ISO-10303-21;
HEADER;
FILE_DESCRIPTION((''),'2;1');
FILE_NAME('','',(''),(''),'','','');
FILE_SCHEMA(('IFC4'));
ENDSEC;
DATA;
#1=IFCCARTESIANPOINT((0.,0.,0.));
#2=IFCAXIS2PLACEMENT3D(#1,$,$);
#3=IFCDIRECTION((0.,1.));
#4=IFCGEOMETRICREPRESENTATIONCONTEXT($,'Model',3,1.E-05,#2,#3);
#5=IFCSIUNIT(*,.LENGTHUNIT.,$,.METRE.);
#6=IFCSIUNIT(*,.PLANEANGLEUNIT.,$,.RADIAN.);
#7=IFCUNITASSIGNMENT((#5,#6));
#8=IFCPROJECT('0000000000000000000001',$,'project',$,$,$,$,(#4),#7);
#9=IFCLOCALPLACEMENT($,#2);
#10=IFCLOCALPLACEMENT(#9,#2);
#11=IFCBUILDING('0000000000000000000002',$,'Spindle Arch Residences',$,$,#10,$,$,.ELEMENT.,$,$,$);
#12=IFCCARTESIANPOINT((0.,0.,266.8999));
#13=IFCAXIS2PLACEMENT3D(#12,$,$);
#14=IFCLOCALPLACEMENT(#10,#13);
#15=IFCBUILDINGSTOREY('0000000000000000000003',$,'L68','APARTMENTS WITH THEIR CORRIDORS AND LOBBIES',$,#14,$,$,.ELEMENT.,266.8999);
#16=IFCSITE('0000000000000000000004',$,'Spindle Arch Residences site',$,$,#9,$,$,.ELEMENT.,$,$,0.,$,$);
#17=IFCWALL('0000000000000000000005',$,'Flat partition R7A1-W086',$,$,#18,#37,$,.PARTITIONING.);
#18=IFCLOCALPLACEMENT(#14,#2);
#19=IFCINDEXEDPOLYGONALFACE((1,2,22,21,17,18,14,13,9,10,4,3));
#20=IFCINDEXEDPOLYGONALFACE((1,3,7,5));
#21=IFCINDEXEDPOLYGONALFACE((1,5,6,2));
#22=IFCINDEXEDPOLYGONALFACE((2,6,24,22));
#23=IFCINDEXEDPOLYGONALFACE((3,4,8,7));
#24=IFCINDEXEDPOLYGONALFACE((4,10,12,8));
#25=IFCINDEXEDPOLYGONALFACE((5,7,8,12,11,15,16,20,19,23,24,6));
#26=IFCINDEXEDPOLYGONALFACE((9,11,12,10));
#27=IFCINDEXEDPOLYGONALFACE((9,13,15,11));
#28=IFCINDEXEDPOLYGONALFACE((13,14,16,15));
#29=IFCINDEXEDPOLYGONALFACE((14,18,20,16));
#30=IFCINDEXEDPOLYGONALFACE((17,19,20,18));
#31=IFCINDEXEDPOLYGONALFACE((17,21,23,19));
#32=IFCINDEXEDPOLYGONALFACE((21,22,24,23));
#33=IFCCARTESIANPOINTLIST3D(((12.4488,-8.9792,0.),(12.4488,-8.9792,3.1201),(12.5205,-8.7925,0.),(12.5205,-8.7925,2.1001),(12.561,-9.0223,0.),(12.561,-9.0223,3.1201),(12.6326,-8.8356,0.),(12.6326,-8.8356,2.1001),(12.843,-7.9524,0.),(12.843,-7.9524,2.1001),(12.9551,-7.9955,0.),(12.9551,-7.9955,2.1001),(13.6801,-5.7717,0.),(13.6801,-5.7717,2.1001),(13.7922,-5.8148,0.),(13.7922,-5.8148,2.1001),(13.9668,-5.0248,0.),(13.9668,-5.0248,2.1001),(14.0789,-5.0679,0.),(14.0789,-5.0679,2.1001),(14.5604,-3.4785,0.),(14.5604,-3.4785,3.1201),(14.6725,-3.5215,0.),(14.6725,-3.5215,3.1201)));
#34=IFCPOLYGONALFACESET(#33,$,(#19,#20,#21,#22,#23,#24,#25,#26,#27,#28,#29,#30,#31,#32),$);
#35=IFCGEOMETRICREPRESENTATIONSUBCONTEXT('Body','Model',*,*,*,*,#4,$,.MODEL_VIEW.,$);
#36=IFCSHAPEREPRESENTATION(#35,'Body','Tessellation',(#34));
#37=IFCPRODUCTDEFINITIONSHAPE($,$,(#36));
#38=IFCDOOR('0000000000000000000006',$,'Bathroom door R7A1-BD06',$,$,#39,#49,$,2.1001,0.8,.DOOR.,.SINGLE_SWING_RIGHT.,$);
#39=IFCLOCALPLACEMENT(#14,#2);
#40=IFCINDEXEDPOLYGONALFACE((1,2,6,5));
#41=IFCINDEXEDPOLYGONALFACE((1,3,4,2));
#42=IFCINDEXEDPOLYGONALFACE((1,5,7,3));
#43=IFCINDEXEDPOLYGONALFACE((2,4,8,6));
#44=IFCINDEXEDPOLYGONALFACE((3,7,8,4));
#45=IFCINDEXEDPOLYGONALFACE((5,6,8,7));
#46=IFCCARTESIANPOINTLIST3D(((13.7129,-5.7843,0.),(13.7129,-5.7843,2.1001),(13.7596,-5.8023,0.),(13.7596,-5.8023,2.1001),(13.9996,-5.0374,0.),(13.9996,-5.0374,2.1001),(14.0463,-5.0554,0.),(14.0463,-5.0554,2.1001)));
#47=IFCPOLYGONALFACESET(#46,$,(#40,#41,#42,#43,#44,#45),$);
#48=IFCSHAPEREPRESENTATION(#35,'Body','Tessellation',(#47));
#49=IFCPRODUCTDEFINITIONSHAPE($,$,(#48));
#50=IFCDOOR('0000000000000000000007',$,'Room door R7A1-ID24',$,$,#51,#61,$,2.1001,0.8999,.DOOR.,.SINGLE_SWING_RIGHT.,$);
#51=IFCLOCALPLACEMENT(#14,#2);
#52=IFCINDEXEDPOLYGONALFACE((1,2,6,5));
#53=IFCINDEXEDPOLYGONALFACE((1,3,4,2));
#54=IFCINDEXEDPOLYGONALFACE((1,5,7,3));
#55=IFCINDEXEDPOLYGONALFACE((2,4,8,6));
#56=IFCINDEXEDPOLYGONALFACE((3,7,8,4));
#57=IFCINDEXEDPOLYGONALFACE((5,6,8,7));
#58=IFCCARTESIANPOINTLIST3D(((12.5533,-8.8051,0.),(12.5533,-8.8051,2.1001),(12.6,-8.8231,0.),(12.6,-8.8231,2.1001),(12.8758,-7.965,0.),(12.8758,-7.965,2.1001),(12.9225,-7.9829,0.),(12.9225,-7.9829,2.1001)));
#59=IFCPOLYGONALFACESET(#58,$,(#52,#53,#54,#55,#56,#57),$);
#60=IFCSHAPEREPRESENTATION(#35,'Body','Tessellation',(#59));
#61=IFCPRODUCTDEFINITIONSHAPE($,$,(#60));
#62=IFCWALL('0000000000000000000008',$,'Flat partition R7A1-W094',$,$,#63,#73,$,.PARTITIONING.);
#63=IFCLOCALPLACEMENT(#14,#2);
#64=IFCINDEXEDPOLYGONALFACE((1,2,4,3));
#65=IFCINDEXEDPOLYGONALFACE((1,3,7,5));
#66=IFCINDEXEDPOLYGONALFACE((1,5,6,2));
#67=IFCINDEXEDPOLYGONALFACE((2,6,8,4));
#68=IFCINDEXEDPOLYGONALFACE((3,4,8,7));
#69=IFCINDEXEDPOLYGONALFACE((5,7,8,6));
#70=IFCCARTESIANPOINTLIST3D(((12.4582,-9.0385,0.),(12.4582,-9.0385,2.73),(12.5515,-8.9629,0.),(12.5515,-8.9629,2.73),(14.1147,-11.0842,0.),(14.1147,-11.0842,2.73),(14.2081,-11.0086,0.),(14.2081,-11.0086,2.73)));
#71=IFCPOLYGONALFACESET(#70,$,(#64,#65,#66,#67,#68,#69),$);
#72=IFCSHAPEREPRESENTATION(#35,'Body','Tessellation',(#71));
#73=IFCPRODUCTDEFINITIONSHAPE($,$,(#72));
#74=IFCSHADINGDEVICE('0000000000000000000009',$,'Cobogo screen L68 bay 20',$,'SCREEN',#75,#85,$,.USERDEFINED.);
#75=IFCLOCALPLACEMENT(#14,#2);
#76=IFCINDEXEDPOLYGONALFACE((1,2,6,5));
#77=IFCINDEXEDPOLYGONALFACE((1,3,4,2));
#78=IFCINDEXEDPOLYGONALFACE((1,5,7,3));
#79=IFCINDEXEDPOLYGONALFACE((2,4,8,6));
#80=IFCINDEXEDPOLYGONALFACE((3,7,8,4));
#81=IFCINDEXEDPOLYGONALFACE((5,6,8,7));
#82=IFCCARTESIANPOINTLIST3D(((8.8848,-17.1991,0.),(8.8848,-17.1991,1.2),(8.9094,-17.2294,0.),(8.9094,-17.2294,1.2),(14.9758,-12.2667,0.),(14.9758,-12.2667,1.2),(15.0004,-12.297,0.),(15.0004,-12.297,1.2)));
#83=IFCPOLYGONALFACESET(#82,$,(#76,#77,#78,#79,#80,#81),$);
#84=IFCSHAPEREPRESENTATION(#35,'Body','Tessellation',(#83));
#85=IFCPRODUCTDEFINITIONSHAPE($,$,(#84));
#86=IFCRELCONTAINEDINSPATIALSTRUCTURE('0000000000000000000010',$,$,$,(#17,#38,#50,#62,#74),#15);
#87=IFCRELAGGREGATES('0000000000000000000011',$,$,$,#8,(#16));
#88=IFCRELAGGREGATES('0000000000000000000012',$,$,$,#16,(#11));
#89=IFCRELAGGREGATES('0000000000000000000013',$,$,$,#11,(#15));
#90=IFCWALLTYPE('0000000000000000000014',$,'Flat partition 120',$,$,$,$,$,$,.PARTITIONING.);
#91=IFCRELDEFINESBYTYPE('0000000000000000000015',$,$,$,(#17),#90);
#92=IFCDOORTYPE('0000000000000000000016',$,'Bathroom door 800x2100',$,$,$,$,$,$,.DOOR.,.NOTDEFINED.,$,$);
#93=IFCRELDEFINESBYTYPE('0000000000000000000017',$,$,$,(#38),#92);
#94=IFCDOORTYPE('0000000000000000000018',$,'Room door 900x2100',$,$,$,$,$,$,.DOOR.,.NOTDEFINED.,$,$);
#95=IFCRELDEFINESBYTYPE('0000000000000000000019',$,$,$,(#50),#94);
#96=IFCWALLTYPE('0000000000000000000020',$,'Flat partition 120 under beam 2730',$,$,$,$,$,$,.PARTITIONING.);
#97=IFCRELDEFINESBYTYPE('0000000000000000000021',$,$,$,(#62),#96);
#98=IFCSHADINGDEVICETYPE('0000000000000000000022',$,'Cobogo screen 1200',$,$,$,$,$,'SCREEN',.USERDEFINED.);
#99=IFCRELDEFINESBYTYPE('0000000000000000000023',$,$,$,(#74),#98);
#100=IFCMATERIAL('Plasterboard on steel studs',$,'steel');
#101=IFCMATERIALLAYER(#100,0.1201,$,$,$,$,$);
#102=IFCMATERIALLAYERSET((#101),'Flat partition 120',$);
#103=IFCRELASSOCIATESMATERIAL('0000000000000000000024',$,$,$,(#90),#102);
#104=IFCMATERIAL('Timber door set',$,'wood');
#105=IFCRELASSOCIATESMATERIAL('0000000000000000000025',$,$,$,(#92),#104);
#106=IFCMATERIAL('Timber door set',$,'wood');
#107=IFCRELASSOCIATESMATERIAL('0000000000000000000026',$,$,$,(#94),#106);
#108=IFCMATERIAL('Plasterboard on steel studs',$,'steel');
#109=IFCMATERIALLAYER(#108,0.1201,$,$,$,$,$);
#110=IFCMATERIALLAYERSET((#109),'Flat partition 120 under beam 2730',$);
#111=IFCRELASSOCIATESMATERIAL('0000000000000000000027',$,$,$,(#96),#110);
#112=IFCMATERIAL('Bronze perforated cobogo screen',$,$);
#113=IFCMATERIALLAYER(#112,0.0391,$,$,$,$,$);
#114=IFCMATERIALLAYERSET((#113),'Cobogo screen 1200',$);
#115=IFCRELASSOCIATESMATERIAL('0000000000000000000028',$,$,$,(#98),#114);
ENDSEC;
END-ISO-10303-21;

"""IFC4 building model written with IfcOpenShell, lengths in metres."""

from ifc_helpers import new_model, si_unit, direction, frame, frame_2d, origin, origin_2d, place, context, subcontext, project, spatial, rectangle, extrude, material, layer, layer_set, type_object, element, fill, save


model = new_model("IFC4")

# Units and contexts
model_context = context("Model", 3, precision=1e-05, world=origin(), true_north=direction((0.0, 1.0)))
body_context = subcontext(model_context, "Body", "Model", "MODEL_VIEW")
ifc_project = project(units=[si_unit("LENGTHUNIT", "METRE"), si_unit("PLANEANGLEUNIT", "RADIAN")], contexts=[model_context])

# Site, building, storey
site_placement = place(None, origin())
site = spatial("IfcSite", under=ifc_project, at=site_placement, Name="Spindle Arch Residences site", CompositionType="ELEMENT", RefElevation=0.0)
building_placement = place(site_placement, origin())
building = spatial("IfcBuilding", under=site, at=building_placement, Name="Spindle Arch Residences", CompositionType="ELEMENT")
storey_placement = place(building_placement, frame((0.0, 0.0, 266.8999)))
storey = spatial("IfcBuildingStorey", under=building, at=storey_placement, Name="L68", Description="APARTMENTS WITH THEIR CORRIDORS AND LOBBIES", CompositionType="ELEMENT", Elevation=266.8999)

# Wall, openings, doors
ifc_material_1 = material(Name="Plasterboard on steel studs", Category="steel")
ifc_layer_1 = layer(ifc_material_1, 0.1201)
ifc_layer_set_1 = layer_set([ifc_layer_1], Name="Flat partition 120")
wall_type_1 = type_object("IfcWallType", Name="Flat partition 120", PredefinedType="PARTITIONING", material=ifc_layer_set_1)
wall_1_placement = place(storey_placement, frame((12.5049, -9.0007, 0.0), z_axis=(0.0, 0.0, 1.0), x_axis=(0.358374, 0.933578, 0.0)))
wall_1 = element("IfcWall", 1, at=wall_1_placement, inside=storey, type_object=wall_type_1, Name="Flat partition R7A1-W086", PredefinedType="PARTITIONING", context=body_context, shape_type="SweptSolid", body=[
    extrude(rectangle(XDim=5.8921, YDim=0.1201, at=frame_2d((2.946, 0.0))), origin(), (0.0, 0.0, 1.0), 3.1201),
])
opening_1_placement = place(wall_1_placement, frame((0.2, 0.0, 0.0)))
opening_1 = element("IfcOpeningElement", 2, at=opening_1_placement, cuts=wall_1, PredefinedType="OPENING", context=body_context, shape_type="SweptSolid", body=[
    extrude(rectangle(XDim=0.8999, YDim=2.1001, at=frame_2d((0.45, 1.05))), frame((0.0, 0.0701, 0.0), z_axis=(0.0, -1.0, 0.0), x_axis=(1.0, 0.0, 0.0)), (0.0, 0.0, 1.0), 0.1401),
])
opening_2_placement = place(wall_1_placement, frame((3.4358, 0.0, 0.0)))
opening_2 = element("IfcOpeningElement", 3, at=opening_2_placement, cuts=wall_1, PredefinedType="OPENING", context=body_context, shape_type="SweptSolid", body=[
    extrude(rectangle(XDim=0.8, YDim=2.1001, at=frame_2d((0.3999, 1.05))), frame((0.0, 0.0701, 0.0), z_axis=(0.0, -1.0, 0.0), x_axis=(1.0, 0.0, 0.0)), (0.0, 0.0, 1.0), 0.1401),
])
ifc_material_2 = material(Name="Timber door set", Category="wood")
door_type_1 = type_object("IfcDoorType", Name="Bathroom door 800x2100", OperationType="NOTDEFINED", PredefinedType="DOOR", material=ifc_material_2)
door_1_placement = place(opening_2_placement, origin())
door_1 = element("IfcDoor", 4, at=door_1_placement, inside=storey, type_object=door_type_1, Name="Bathroom door R7A1-BD06", OperationType="SINGLE_SWING_RIGHT", OverallHeight=2.1001, OverallWidth=0.8, PredefinedType="DOOR", context=body_context, shape_type="SweptSolid", body=[
    extrude(rectangle(XDim=0.8, YDim=2.1001, at=frame_2d((0.3999, 1.05))), frame((0.0, 0.0249, 0.0), z_axis=(0.0, -1.0, 0.0), x_axis=(1.0, 0.0, 0.0)), (0.0, 0.0, 1.0), 0.05),
])
fill(opening_2, door_1)
ifc_material_3 = material(Name="Timber door set", Category="wood")
door_type_2 = type_object("IfcDoorType", Name="Room door 900x2100", OperationType="NOTDEFINED", PredefinedType="DOOR", material=ifc_material_3)
door_2_placement = place(opening_1_placement, origin())
door_2 = element("IfcDoor", 5, at=door_2_placement, inside=storey, type_object=door_type_2, Name="Room door R7A1-ID24", OperationType="SINGLE_SWING_RIGHT", OverallHeight=2.1001, OverallWidth=0.8999, PredefinedType="DOOR", context=body_context, shape_type="SweptSolid", body=[
    extrude(rectangle(XDim=0.8999, YDim=2.1001, at=frame_2d((0.45, 1.05))), frame((0.0, 0.0249, 0.0), z_axis=(0.0, -1.0, 0.0), x_axis=(1.0, 0.0, 0.0)), (0.0, 0.0, 1.0), 0.05),
])
fill(opening_1, door_2)

# Wall
ifc_material_4 = material(Name="Plasterboard on steel studs", Category="steel")
ifc_layer_2 = layer(ifc_material_4, 0.1201)
ifc_layer_set_2 = layer_set([ifc_layer_2], Name="Flat partition 120 under beam 2730")
wall_type_2 = type_object("IfcWallType", Name="Flat partition 120 under beam 2730", PredefinedType="PARTITIONING", material=ifc_layer_set_2)
wall_2_placement = place(storey_placement, frame((14.1614, -11.0464, 0.0), z_axis=(0.0, 0.0, 1.0), x_axis=(-0.62931, 0.777154, 0.0)))
element("IfcWall", 6, at=wall_2_placement, inside=storey, type_object=wall_type_2, Name="Flat partition R7A1-W094", PredefinedType="PARTITIONING", context=body_context, shape_type="SweptSolid", body=[
    extrude(rectangle(XDim=2.6323, YDim=0.1201, at=frame_2d((1.3162, 0.0))), origin(), (0.0, 0.0, 1.0), 2.73),
])

# Shading device
ifc_material_5 = material(Name="Bronze perforated cobogo screen")
ifc_layer_3 = layer(ifc_material_5, 0.0391)
ifc_layer_set_3 = layer_set([ifc_layer_3], Name="Cobogo screen 1200")
shading_device_type = type_object("IfcShadingDeviceType", Name="Cobogo screen 1200", ElementType="SCREEN", PredefinedType="USERDEFINED", material=ifc_layer_set_3)
shading_device_placement = place(storey_placement, frame((11.9426, -14.748, 0.0), z_axis=(0.0, 0.0, 1.0), x_axis=(0.777146, 0.62932, 0.0)))
element("IfcShadingDevice", 7, at=shading_device_placement, inside=storey, type_object=shading_device_type, Name="Cobogo screen L68 bay 20", ObjectType="SCREEN", PredefinedType="USERDEFINED", context=body_context, shape_type="SweptSolid", body=[
    extrude(rectangle(XDim=7.8376, YDim=0.0391, at=origin_2d()), origin(), (0.0, 0.0, 1.0), 1.2),
])

save(model, "model.ifc")
